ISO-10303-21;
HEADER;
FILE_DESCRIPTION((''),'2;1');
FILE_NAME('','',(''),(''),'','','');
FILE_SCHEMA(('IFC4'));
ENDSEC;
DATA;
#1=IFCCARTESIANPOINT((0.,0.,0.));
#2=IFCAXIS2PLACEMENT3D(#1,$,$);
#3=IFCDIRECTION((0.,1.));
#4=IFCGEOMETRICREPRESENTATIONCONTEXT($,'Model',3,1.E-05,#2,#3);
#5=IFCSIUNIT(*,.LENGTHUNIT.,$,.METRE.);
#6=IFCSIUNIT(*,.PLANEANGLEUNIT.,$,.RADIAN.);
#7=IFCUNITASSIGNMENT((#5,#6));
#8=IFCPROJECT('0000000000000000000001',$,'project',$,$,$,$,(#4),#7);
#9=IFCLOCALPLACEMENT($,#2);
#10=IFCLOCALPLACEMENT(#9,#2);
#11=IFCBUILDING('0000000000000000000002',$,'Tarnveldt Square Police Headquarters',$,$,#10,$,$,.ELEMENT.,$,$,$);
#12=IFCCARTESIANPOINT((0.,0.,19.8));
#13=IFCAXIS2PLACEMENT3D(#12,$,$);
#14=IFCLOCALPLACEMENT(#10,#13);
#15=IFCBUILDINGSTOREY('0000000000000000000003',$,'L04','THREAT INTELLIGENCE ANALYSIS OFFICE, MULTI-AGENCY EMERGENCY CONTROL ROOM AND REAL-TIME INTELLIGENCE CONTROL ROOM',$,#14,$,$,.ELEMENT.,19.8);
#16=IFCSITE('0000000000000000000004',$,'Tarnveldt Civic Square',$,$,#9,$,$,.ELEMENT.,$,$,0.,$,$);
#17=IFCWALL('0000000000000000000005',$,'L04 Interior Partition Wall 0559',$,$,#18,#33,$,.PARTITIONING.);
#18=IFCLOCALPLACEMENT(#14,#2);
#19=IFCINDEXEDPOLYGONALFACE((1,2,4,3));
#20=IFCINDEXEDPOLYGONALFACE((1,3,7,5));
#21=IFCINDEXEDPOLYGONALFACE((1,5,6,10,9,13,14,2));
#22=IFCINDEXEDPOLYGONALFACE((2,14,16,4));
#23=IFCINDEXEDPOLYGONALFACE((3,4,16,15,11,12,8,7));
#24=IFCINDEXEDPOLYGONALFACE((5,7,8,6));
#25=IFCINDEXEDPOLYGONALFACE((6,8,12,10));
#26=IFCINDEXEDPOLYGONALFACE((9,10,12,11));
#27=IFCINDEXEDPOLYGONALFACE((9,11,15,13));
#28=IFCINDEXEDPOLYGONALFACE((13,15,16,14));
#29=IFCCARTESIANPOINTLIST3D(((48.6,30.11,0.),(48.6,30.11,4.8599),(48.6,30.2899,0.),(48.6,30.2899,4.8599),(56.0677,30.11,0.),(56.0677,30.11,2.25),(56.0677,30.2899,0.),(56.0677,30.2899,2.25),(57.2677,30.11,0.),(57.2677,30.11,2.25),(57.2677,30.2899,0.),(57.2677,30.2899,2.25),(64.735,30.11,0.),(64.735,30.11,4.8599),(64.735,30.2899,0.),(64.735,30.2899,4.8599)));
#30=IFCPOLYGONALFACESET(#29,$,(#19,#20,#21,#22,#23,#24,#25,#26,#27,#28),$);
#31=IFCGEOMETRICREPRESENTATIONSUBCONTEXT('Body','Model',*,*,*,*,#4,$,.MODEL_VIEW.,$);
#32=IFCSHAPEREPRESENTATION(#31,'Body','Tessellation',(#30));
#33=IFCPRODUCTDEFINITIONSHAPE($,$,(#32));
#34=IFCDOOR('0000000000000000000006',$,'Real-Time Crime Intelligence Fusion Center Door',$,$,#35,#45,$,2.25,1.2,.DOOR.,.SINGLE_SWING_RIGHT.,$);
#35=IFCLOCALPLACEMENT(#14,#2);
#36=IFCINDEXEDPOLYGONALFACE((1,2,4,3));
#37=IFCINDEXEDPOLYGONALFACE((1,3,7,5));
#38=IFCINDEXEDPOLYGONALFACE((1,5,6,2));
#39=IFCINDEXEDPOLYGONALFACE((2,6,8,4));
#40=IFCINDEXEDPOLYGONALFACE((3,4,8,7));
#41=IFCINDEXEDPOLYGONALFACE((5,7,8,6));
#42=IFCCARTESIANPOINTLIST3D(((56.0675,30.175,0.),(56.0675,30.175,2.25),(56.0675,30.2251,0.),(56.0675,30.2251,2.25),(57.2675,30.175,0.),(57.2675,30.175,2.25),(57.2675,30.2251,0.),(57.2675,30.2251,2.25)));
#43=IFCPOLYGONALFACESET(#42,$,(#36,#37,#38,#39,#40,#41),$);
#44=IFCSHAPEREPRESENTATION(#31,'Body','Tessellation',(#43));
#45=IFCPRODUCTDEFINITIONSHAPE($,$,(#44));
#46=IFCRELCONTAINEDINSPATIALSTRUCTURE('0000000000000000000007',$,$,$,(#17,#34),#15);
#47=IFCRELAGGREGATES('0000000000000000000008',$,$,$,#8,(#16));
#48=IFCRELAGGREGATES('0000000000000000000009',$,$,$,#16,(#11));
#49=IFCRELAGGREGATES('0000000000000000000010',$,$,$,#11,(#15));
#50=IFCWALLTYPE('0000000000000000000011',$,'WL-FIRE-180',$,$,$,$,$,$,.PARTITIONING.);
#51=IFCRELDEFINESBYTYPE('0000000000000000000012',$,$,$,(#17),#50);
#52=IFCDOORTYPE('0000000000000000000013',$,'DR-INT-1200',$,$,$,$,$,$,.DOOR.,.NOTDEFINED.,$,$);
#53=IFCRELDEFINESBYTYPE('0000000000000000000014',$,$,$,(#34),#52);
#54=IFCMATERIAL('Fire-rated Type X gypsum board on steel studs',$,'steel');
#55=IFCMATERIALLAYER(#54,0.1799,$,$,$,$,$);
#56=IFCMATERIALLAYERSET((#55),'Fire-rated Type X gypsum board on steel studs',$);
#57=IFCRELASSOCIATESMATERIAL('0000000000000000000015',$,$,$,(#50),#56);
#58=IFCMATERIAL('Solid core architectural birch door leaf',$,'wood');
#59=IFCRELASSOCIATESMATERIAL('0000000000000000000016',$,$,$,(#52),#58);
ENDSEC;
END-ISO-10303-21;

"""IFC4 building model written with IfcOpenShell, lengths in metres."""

from ifc_helpers import new_model, si_unit, direction, frame, frame_2d, origin, place, context, subcontext, project, spatial, rectangle, extrude, material, layer, layer_set, type_object, element, fill, save


model = new_model("IFC4")

# Units and contexts
model_context = context("Model", 3, precision=1e-05, world=origin(), true_north=direction((0.0, 1.0)))
body_context = subcontext(model_context, "Body", "Model", "MODEL_VIEW")
ifc_project = project(units=[si_unit("LENGTHUNIT", "METRE"), si_unit("PLANEANGLEUNIT", "RADIAN")], contexts=[model_context])

# Site, building, storey
site_placement = place(None, origin())
site = spatial("IfcSite", under=ifc_project, at=site_placement, Name="Tarnveldt Civic Square", CompositionType="ELEMENT", RefElevation=0.0)
building_placement = place(site_placement, origin())
building = spatial("IfcBuilding", under=site, at=building_placement, Name="Tarnveldt Square Police Headquarters", CompositionType="ELEMENT")
storey_placement = place(building_placement, frame((0.0, 0.0, 19.8)))
storey = spatial("IfcBuildingStorey", under=building, at=storey_placement, Name="L04", Description="THREAT INTELLIGENCE ANALYSIS OFFICE, MULTI-AGENCY EMERGENCY CONTROL ROOM AND REAL-TIME INTELLIGENCE CONTROL ROOM", CompositionType="ELEMENT", Elevation=19.8)

# Shared definitions
ifc_material_1 = material(Name="Fire-rated Type X gypsum board on steel studs", Category="steel")

# Wall, opening, door
ifc_layer_1 = layer(ifc_material_1, 0.1799)
ifc_layer_set_1 = layer_set([ifc_layer_1], Name="Fire-rated Type X gypsum board on steel studs")
wall_type_1 = type_object("IfcWallType", Name="WL-FIRE-180", PredefinedType="PARTITIONING", material=ifc_layer_set_1)
wall_1_placement = place(storey_placement, frame((48.6001, 30.2, 0.0), z_axis=(0.0, 0.0, 1.0), x_axis=(1.0, 0.0, 0.0)))
wall_1 = element("IfcWall", 1, at=wall_1_placement, inside=storey, type_object=wall_type_1, Name="L04 Interior Partition Wall 0559", PredefinedType="PARTITIONING", context=body_context, shape_type="SweptSolid", body=[
    extrude(rectangle(XDim=16.135, YDim=0.1799, at=frame_2d((8.0674, 0.0))), origin(), (0.0, 0.0, 1.0), 4.8599),
])
opening_placement = place(wall_1_placement, frame((7.4675, 0.0, 0.0)))
opening = element("IfcOpeningElement", 2, at=opening_placement, cuts=wall_1, PredefinedType="OPENING", context=body_context, shape_type="SweptSolid", body=[
    extrude(rectangle(XDim=1.2, YDim=2.25, at=frame_2d((0.6001, 1.125))), frame((0.0, 0.0999, 0.0), z_axis=(0.0, -1.0, 0.0), x_axis=(1.0, 0.0, 0.0)), (0.0, 0.0, 1.0), 0.2),
])
ifc_material_2 = material(Name="Solid core architectural birch door leaf", Category="wood")
door_type = type_object("IfcDoorType", Name="DR-INT-1200", OperationType="NOTDEFINED", PredefinedType="DOOR", material=ifc_material_2)
door_placement = place(opening_placement, frame((1.2, 0.0, 0.0), z_axis=(0.0, 0.0, 1.0), x_axis=(-1.0, 0.0, 0.0)))
door = element("IfcDoor", 3, at=door_placement, inside=storey, type_object=door_type, Name="Real-Time Crime Intelligence Fusion Center Door", OperationType="SINGLE_SWING_RIGHT", OverallHeight=2.25, OverallWidth=1.2, PredefinedType="DOOR", context=body_context, shape_type="SweptSolid", body=[
    extrude(rectangle(XDim=1.2, YDim=2.25, at=frame_2d((0.6001, 1.125))), frame((0.0, 0.0249, 0.0), z_axis=(0.0, -1.0, 0.0), x_axis=(1.0, 0.0, 0.0)), (0.0, 0.0, 1.0), 0.05),
])
fill(opening, door)

save(model, "model.ifc")
